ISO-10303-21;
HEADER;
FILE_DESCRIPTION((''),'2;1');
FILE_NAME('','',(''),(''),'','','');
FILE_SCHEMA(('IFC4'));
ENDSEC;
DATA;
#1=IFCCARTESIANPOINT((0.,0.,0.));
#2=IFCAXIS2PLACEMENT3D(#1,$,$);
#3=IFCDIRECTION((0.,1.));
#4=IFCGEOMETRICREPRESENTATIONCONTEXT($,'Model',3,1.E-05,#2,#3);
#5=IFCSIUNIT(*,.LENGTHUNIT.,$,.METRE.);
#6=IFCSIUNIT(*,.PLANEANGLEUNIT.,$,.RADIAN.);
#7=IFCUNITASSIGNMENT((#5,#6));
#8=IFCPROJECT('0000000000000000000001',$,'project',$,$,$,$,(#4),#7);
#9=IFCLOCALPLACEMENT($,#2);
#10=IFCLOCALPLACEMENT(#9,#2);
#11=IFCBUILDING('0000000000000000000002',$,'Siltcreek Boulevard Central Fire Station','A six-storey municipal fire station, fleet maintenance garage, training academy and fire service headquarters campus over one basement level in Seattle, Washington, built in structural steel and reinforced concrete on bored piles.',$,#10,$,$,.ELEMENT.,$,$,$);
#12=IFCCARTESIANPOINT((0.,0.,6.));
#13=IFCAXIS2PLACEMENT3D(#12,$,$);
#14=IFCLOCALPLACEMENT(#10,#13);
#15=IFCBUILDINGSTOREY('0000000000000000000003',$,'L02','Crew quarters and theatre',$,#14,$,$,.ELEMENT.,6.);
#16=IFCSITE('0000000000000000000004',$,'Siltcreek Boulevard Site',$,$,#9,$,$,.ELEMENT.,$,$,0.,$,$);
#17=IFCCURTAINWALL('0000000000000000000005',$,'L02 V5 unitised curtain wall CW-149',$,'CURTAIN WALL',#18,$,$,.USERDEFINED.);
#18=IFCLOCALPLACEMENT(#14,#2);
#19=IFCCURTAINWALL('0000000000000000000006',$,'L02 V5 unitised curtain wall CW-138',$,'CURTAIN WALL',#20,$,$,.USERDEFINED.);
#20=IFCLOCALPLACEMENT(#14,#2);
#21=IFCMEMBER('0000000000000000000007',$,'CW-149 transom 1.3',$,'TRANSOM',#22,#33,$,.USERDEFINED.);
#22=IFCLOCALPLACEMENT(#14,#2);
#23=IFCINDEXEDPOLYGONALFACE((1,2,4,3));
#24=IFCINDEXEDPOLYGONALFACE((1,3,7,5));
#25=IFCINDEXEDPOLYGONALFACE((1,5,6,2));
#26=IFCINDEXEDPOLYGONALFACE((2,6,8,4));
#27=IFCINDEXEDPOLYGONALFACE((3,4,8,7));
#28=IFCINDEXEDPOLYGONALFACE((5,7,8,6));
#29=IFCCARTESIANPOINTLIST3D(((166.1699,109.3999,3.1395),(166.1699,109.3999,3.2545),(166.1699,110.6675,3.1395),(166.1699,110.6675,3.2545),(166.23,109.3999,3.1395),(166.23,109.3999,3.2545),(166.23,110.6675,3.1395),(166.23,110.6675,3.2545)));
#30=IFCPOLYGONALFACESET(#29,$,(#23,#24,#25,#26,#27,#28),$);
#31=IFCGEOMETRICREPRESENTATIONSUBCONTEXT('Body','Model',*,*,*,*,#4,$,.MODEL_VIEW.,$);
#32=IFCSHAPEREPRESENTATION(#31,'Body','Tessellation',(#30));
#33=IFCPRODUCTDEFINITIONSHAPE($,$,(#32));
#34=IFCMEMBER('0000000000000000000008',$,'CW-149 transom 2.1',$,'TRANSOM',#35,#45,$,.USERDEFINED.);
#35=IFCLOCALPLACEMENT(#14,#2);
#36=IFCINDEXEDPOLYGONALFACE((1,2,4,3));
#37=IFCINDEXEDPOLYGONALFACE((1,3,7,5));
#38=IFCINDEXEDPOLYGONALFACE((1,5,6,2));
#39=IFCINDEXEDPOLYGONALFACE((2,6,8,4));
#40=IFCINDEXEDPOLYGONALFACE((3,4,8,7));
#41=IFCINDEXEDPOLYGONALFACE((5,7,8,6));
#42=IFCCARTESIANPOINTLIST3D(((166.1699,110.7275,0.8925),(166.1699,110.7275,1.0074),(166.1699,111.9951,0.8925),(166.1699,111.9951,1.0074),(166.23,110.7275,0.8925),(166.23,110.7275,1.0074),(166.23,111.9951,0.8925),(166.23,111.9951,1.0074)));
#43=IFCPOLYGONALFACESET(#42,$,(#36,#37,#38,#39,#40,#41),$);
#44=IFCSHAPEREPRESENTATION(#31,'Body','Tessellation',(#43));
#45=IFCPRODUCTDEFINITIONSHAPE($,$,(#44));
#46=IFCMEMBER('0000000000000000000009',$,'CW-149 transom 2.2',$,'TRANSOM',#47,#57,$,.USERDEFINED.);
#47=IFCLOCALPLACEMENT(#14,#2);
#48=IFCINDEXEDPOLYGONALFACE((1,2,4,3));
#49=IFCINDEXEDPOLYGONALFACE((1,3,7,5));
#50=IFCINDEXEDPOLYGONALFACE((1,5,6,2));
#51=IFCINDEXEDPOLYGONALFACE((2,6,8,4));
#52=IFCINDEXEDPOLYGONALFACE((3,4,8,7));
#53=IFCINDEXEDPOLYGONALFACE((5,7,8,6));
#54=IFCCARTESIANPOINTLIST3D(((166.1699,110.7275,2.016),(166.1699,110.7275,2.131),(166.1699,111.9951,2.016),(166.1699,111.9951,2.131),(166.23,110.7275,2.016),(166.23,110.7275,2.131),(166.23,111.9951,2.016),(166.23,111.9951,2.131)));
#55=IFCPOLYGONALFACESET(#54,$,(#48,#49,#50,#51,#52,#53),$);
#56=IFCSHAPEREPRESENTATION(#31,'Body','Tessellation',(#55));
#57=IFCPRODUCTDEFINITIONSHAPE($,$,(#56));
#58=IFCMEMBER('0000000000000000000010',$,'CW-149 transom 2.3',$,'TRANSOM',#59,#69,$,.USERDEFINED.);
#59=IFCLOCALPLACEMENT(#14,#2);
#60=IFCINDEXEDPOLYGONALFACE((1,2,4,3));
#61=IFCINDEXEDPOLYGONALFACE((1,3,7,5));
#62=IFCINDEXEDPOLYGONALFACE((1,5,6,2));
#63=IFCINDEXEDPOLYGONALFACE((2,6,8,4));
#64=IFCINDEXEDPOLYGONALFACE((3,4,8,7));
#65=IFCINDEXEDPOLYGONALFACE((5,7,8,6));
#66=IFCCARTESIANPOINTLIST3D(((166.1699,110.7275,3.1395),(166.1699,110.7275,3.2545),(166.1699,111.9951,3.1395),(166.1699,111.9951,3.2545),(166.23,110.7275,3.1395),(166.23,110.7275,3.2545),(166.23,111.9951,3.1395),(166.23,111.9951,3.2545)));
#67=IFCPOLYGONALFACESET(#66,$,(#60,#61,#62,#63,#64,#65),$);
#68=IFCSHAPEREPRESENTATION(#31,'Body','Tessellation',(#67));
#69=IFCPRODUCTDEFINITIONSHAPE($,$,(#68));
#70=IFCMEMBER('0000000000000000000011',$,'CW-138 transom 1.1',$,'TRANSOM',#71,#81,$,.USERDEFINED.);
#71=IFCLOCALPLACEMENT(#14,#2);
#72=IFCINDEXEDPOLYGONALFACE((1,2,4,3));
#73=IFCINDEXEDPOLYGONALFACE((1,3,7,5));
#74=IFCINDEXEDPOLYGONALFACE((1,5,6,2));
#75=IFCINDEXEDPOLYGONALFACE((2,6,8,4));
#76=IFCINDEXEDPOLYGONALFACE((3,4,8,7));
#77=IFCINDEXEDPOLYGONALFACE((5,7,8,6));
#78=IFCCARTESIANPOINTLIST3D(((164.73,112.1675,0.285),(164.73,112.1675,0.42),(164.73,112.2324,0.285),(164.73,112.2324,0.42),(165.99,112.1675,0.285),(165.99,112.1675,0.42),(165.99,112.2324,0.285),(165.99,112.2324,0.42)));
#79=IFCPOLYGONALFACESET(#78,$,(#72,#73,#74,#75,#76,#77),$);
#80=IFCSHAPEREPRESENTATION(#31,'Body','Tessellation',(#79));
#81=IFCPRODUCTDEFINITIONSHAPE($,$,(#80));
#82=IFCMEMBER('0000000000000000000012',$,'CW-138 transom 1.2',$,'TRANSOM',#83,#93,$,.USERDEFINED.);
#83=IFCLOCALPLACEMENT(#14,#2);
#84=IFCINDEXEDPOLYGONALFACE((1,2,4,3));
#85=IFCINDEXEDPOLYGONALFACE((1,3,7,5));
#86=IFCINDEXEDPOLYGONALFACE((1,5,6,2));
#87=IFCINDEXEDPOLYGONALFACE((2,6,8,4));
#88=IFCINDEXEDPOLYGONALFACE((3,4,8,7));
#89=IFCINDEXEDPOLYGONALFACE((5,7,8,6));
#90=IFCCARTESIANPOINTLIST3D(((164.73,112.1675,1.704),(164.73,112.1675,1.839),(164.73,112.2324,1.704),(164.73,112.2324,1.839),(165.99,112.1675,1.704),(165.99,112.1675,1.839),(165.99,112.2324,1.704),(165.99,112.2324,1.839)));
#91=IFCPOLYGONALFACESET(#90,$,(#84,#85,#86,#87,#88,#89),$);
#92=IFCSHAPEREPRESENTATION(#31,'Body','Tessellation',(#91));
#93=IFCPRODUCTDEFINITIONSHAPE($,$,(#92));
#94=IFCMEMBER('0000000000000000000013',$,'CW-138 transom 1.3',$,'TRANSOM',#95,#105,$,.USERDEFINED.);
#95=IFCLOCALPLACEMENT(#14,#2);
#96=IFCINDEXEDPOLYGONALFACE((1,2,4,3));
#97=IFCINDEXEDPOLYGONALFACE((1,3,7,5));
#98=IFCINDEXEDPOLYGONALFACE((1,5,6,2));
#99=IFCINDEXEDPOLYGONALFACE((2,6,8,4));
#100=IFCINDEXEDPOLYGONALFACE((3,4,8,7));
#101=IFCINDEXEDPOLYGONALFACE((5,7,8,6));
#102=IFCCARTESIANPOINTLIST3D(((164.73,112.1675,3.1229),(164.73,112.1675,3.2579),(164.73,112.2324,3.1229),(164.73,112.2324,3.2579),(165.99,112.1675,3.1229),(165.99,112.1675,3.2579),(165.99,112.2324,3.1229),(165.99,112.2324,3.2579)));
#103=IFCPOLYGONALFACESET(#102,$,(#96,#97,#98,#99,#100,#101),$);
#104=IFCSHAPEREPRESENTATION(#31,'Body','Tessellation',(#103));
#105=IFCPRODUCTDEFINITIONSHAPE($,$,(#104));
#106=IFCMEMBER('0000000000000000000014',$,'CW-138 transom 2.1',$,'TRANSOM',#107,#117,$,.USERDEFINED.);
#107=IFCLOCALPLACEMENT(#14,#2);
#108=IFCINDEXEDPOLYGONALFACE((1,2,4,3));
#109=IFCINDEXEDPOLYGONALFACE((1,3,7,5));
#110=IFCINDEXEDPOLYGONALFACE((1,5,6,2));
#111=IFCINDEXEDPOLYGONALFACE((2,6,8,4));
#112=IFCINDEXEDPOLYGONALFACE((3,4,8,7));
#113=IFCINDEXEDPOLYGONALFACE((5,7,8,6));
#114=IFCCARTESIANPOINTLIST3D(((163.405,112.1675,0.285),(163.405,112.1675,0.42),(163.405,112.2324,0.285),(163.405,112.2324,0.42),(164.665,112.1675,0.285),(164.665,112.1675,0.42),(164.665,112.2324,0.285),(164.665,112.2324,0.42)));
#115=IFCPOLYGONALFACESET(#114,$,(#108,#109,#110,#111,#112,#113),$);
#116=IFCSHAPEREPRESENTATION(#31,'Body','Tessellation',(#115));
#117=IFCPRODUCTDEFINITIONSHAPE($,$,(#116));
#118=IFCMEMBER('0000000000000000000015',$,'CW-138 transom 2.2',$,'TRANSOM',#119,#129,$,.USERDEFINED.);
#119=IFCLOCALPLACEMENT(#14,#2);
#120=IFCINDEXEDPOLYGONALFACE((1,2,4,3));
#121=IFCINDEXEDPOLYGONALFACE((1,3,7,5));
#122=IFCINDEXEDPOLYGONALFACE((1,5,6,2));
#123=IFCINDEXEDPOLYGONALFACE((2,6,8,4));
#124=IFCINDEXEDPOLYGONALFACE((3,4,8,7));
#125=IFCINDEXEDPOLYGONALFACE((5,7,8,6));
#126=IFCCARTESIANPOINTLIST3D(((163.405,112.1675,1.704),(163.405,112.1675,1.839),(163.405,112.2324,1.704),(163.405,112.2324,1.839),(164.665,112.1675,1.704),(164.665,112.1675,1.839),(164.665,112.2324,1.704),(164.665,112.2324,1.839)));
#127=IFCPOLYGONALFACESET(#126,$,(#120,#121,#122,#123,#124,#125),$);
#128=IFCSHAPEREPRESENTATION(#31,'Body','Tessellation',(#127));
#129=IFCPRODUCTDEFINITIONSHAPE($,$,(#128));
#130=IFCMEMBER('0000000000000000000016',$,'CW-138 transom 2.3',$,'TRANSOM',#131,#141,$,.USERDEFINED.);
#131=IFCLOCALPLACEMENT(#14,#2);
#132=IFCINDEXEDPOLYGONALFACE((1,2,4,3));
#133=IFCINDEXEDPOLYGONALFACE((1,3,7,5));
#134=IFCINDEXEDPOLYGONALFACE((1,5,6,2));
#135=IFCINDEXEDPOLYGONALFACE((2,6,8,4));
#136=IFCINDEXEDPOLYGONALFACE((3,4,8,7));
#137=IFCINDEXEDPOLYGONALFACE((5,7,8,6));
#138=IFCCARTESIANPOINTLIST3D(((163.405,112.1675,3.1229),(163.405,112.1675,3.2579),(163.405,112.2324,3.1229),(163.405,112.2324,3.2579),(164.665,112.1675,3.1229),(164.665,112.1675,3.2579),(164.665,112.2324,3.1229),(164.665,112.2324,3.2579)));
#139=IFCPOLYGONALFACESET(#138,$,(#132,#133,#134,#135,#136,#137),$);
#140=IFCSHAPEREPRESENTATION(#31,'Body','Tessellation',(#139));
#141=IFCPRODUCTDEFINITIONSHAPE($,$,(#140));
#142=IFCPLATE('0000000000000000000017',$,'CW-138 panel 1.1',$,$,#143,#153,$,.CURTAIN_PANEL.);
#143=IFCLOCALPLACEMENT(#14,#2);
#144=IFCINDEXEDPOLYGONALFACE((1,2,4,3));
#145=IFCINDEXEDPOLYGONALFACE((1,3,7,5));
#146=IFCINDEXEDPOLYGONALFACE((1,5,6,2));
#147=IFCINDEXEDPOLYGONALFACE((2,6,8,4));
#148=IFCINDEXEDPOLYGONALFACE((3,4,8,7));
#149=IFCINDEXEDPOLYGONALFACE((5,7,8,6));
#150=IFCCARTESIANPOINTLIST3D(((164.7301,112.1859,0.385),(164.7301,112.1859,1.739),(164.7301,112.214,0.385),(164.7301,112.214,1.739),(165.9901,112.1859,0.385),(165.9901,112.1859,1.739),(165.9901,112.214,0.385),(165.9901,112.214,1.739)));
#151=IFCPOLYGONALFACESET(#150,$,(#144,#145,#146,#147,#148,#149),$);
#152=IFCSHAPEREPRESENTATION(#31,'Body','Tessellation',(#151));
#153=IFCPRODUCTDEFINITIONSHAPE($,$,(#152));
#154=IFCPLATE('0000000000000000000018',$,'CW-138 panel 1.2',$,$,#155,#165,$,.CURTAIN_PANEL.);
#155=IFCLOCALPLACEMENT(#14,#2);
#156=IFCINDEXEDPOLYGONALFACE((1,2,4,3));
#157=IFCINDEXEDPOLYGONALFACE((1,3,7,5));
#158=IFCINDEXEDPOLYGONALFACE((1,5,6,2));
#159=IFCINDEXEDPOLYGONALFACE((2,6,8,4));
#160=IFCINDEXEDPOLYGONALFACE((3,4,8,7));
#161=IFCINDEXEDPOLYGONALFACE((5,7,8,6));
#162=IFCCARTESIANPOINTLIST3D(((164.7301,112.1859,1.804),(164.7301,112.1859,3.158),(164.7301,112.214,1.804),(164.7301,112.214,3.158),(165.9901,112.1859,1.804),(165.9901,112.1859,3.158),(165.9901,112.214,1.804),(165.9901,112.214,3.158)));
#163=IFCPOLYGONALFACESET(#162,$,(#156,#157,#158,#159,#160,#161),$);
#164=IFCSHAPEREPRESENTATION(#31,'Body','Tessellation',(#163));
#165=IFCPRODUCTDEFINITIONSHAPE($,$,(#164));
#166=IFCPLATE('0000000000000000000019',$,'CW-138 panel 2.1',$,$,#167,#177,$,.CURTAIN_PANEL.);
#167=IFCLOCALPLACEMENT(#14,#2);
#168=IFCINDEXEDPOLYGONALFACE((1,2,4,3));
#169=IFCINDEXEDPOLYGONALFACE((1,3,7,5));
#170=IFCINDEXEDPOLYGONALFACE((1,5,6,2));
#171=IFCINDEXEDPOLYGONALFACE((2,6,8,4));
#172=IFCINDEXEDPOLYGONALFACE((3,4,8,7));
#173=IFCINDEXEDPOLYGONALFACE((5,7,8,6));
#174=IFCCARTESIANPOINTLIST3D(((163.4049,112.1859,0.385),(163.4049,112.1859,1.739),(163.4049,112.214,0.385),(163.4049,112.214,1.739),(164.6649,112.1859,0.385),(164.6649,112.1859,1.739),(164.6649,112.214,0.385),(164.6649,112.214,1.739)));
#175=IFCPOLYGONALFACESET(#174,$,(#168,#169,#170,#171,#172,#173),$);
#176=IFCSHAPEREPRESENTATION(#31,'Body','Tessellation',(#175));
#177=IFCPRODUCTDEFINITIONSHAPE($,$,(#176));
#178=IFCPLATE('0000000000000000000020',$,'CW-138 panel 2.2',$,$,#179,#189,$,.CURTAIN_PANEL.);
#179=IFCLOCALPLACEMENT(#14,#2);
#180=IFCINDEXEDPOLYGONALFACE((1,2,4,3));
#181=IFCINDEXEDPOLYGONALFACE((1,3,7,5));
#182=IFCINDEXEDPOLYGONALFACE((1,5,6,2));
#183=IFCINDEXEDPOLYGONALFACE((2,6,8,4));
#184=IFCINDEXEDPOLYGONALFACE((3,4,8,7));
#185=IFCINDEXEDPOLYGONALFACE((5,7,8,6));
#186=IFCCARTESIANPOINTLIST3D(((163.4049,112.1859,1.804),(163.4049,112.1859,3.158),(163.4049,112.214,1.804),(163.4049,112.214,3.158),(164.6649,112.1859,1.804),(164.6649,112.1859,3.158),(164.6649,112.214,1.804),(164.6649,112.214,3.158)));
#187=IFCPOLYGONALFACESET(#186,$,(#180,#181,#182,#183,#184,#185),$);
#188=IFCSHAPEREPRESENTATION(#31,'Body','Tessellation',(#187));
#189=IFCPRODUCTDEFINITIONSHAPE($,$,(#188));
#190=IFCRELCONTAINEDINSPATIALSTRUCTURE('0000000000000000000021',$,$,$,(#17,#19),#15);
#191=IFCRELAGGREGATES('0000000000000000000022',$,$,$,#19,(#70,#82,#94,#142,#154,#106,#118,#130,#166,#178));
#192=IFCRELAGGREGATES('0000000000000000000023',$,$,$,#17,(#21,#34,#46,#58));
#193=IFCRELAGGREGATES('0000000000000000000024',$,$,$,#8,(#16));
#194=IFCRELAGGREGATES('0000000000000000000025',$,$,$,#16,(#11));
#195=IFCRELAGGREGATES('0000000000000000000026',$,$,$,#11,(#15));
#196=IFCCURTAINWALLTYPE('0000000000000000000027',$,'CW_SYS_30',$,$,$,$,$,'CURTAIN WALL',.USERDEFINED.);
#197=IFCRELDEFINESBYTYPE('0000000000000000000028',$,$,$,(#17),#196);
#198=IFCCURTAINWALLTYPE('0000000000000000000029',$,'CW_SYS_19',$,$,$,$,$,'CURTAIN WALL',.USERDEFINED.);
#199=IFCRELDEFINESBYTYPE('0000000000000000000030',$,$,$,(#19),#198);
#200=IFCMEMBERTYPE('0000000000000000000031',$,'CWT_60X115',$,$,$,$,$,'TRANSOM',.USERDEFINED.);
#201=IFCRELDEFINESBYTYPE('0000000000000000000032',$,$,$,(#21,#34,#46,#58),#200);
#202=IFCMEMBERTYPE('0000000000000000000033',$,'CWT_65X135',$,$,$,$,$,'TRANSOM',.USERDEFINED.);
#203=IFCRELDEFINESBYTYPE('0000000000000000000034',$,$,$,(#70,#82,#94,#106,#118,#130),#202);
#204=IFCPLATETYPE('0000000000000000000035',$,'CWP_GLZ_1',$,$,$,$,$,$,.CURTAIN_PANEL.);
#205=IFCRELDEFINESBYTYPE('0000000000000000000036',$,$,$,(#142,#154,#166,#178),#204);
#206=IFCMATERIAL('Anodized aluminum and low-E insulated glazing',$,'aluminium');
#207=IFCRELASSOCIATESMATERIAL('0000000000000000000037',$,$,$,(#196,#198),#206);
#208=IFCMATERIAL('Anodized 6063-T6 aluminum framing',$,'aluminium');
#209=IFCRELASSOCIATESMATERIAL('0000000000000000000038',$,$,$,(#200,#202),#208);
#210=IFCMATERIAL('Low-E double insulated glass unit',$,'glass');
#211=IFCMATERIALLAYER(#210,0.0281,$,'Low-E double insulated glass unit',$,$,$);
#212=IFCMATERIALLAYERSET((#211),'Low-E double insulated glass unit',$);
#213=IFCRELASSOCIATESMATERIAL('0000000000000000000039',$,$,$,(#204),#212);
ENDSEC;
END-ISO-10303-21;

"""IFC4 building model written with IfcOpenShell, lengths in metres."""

from ifc_helpers import new_model, si_unit, direction, frame, origin, origin_2d, place, context, subcontext, project, spatial, rectangle, extrude, material, layer, layer_set, material_profile, profile_set, type_object, element, aggregate, save


model = new_model("IFC4")

# Units and contexts
model_context = context("Model", 3, precision=1e-05, world=origin(), true_north=direction((0.0, 1.0)))
body_context = subcontext(model_context, "Body", "Model", "MODEL_VIEW")
ifc_project = project(units=[si_unit("LENGTHUNIT", "METRE"), si_unit("PLANEANGLEUNIT", "RADIAN")], contexts=[model_context])

# Site, building, storey
site_placement = place(None, origin())
site = spatial("IfcSite", under=ifc_project, at=site_placement, Name="Siltcreek Boulevard Site", CompositionType="ELEMENT", RefElevation=0.0)
building_placement = place(site_placement, origin())
building = spatial("IfcBuilding", under=site, at=building_placement, Name="Siltcreek Boulevard Central Fire Station", Description="A six-storey municipal fire station, fleet maintenance garage, training academy and fire service headquarters campus over one basement level in Seattle, Washington, built in structural steel and reinforced concrete on bored piles.", CompositionType="ELEMENT")
storey_placement = place(building_placement, frame((0.0, 0.0, 6.0)))
storey = spatial("IfcBuildingStorey", under=building, at=storey_placement, Name="L02", Description="Crew quarters and theatre", CompositionType="ELEMENT", Elevation=6.0)

# Shared definitions
ifc_material_1 = material(Name="Anodized aluminum and low-E insulated glazing", Category="aluminium")
ifc_material_2 = material(Name="Anodized 6063-T6 aluminum framing", Category="aluminium")

# Curtain walls
curtain_wall_type_1 = type_object("IfcCurtainWallType", Name="CW_SYS_30", ElementType="CURTAIN WALL", PredefinedType="USERDEFINED", material=ifc_material_1)
curtain_wall_1_placement = place(storey_placement, origin())
curtain_wall_1 = element("IfcCurtainWall", 1, at=curtain_wall_1_placement, inside=storey, type_object=curtain_wall_type_1, Name="L02 V5 unitised curtain wall CW-149", ObjectType="CURTAIN WALL", PredefinedType="USERDEFINED")
curtain_wall_type_2 = type_object("IfcCurtainWallType", Name="CW_SYS_19", ElementType="CURTAIN WALL", PredefinedType="USERDEFINED", material=ifc_material_1)
curtain_wall_2_placement = place(storey_placement, origin())
curtain_wall_2 = element("IfcCurtainWall", 2, at=curtain_wall_2_placement, inside=storey, type_object=curtain_wall_type_2, Name="L02 V5 unitised curtain wall CW-138", ObjectType="CURTAIN WALL", PredefinedType="USERDEFINED")

# Members
ifc_material_profile_1 = material_profile(ifc_material_2, rectangle(XDim=0.0601, YDim=0.115, at=origin_2d()), Name="TRAN60X115")
ifc_profile_set_1 = profile_set([ifc_material_profile_1], Name="Anodized 6063-T6 aluminum framing")
member_type_1 = type_object("IfcMemberType", Name="CWT_60X115", ElementType="TRANSOM", PredefinedType="USERDEFINED", material=ifc_profile_set_1)
member_1_placement = place(storey_placement, frame((166.2, 109.3999, 3.197), z_axis=(0.0, 1.0, 0.0), x_axis=(-1.0, 0.0, 0.0)))
member_1 = element("IfcMember", 3, at=member_1_placement, type_object=member_type_1, Name="CW-149 transom 1.3", ObjectType="TRANSOM", PredefinedType="USERDEFINED", context=body_context, shape_type="SweptSolid", body=[
    extrude(rectangle(XDim=0.0601, YDim=0.115, at=origin_2d()), origin(), (0.0, 0.0, 1.0), 1.2676),
])
member_2_placement = place(storey_placement, frame((166.2, 110.7275, 0.95), z_axis=(0.0, 1.0, 0.0), x_axis=(-1.0, 0.0, 0.0)))
member_2 = element("IfcMember", 4, at=member_2_placement, type_object=member_type_1, Name="CW-149 transom 2.1", ObjectType="TRANSOM", PredefinedType="USERDEFINED", context=body_context, shape_type="SweptSolid", body=[
    extrude(rectangle(XDim=0.0601, YDim=0.115, at=origin_2d()), origin(), (0.0, 0.0, 1.0), 1.2676),
])
member_3_placement = place(storey_placement, frame((166.2, 110.7275, 2.0735), z_axis=(0.0, 1.0, 0.0), x_axis=(-1.0, 0.0, 0.0)))
member_3 = element("IfcMember", 5, at=member_3_placement, type_object=member_type_1, Name="CW-149 transom 2.2", ObjectType="TRANSOM", PredefinedType="USERDEFINED", context=body_context, shape_type="SweptSolid", body=[
    extrude(rectangle(XDim=0.0601, YDim=0.115, at=origin_2d()), origin(), (0.0, 0.0, 1.0), 1.2676),
])
member_4_placement = place(storey_placement, frame((166.2, 110.7275, 3.197), z_axis=(0.0, 1.0, 0.0), x_axis=(-1.0, 0.0, 0.0)))
member_4 = element("IfcMember", 6, at=member_4_placement, type_object=member_type_1, Name="CW-149 transom 2.3", ObjectType="TRANSOM", PredefinedType="USERDEFINED", context=body_context, shape_type="SweptSolid", body=[
    extrude(rectangle(XDim=0.0601, YDim=0.115, at=origin_2d()), origin(), (0.0, 0.0, 1.0), 1.2676),
])
ifc_material_profile_2 = material_profile(ifc_material_2, rectangle(XDim=0.0649, YDim=0.135, at=origin_2d()), Name="TRAN65X135")
ifc_profile_set_2 = profile_set([ifc_material_profile_2], Name="Anodized 6063-T6 aluminum framing")
member_type_2 = type_object("IfcMemberType", Name="CWT_65X135", ElementType="TRANSOM", PredefinedType="USERDEFINED", material=ifc_profile_set_2)
member_5_placement = place(storey_placement, frame((165.99, 112.2, 0.3525), z_axis=(-1.0, 0.0, 0.0), x_axis=(0.0, -1.0, 0.0)))
member_5 = element("IfcMember", 7, at=member_5_placement, type_object=member_type_2, Name="CW-138 transom 1.1", ObjectType="TRANSOM", PredefinedType="USERDEFINED", context=body_context, shape_type="SweptSolid", body=[
    extrude(rectangle(XDim=0.0649, YDim=0.135, at=origin_2d()), origin(), (0.0, 0.0, 1.0), 1.26),
])
member_6_placement = place(storey_placement, frame((165.99, 112.2, 1.7715), z_axis=(-1.0, 0.0, 0.0), x_axis=(0.0, -1.0, 0.0)))
member_6 = element("IfcMember", 8, at=member_6_placement, type_object=member_type_2, Name="CW-138 transom 1.2", ObjectType="TRANSOM", PredefinedType="USERDEFINED", context=body_context, shape_type="SweptSolid", body=[
    extrude(rectangle(XDim=0.0649, YDim=0.135, at=origin_2d()), origin(), (0.0, 0.0, 1.0), 1.26),
])
member_7_placement = place(storey_placement, frame((165.99, 112.2, 3.1904), z_axis=(-1.0, 0.0, 0.0), x_axis=(0.0, -1.0, 0.0)))
member_7 = element("IfcMember", 9, at=member_7_placement, type_object=member_type_2, Name="CW-138 transom 1.3", ObjectType="TRANSOM", PredefinedType="USERDEFINED", context=body_context, shape_type="SweptSolid", body=[
    extrude(rectangle(XDim=0.0649, YDim=0.135, at=origin_2d()), origin(), (0.0, 0.0, 1.0), 1.26),
])
member_8_placement = place(storey_placement, frame((164.665, 112.2, 0.3525), z_axis=(-1.0, 0.0, 0.0), x_axis=(0.0, -1.0, 0.0)))
member_8 = element("IfcMember", 10, at=member_8_placement, type_object=member_type_2, Name="CW-138 transom 2.1", ObjectType="TRANSOM", PredefinedType="USERDEFINED", context=body_context, shape_type="SweptSolid", body=[
    extrude(rectangle(XDim=0.0649, YDim=0.135, at=origin_2d()), origin(), (0.0, 0.0, 1.0), 1.26),
])
member_9_placement = place(storey_placement, frame((164.665, 112.2, 1.7715), z_axis=(-1.0, 0.0, 0.0), x_axis=(0.0, -1.0, 0.0)))
member_9 = element("IfcMember", 11, at=member_9_placement, type_object=member_type_2, Name="CW-138 transom 2.2", ObjectType="TRANSOM", PredefinedType="USERDEFINED", context=body_context, shape_type="SweptSolid", body=[
    extrude(rectangle(XDim=0.0649, YDim=0.135, at=origin_2d()), origin(), (0.0, 0.0, 1.0), 1.26),
])
member_10_placement = place(storey_placement, frame((164.665, 112.2, 3.1904), z_axis=(-1.0, 0.0, 0.0), x_axis=(0.0, -1.0, 0.0)))
member_10 = element("IfcMember", 12, at=member_10_placement, type_object=member_type_2, Name="CW-138 transom 2.3", ObjectType="TRANSOM", PredefinedType="USERDEFINED", context=body_context, shape_type="SweptSolid", body=[
    extrude(rectangle(XDim=0.0649, YDim=0.135, at=origin_2d()), origin(), (0.0, 0.0, 1.0), 1.26),
])

# Plates
ifc_material_3 = material(Name="Low-E double insulated glass unit", Category="glass")
ifc_layer_1 = layer(ifc_material_3, 0.0281, Name="Low-E double insulated glass unit")
ifc_layer_set_1 = layer_set([ifc_layer_1], Name="Low-E double insulated glass unit")
plate_type_1 = type_object("IfcPlateType", Name="CWP_GLZ_1", PredefinedType="CURTAIN_PANEL", material=ifc_layer_set_1)
plate_1_placement = place(storey_placement, frame((165.3601, 112.2, 0.385), z_axis=(0.0, 0.0, 1.0), x_axis=(-1.0, 0.0, 0.0)))
plate_1 = element("IfcPlate", 13, at=plate_1_placement, type_object=plate_type_1, Name="CW-138 panel 1.1", PredefinedType="CURTAIN_PANEL", context=body_context, shape_type="SweptSolid", body=[
    extrude(rectangle(XDim=1.26, YDim=0.0281, at=origin_2d()), origin(), (0.0, 0.0, 1.0), 1.354),
])
plate_2_placement = place(storey_placement, frame((165.3601, 112.2, 1.804), z_axis=(0.0, 0.0, 1.0), x_axis=(-1.0, 0.0, 0.0)))
plate_2 = element("IfcPlate", 14, at=plate_2_placement, type_object=plate_type_1, Name="CW-138 panel 1.2", PredefinedType="CURTAIN_PANEL", context=body_context, shape_type="SweptSolid", body=[
    extrude(rectangle(XDim=1.26, YDim=0.0281, at=origin_2d()), origin(), (0.0, 0.0, 1.0), 1.354),
])
plate_3_placement = place(storey_placement, frame((164.0349, 112.2, 0.385), z_axis=(0.0, 0.0, 1.0), x_axis=(-1.0, 0.0, 0.0)))
plate_3 = element("IfcPlate", 15, at=plate_3_placement, type_object=plate_type_1, Name="CW-138 panel 2.1", PredefinedType="CURTAIN_PANEL", context=body_context, shape_type="SweptSolid", body=[
    extrude(rectangle(XDim=1.26, YDim=0.0281, at=origin_2d()), origin(), (0.0, 0.0, 1.0), 1.354),
])
plate_4_placement = place(storey_placement, frame((164.0349, 112.2, 1.804), z_axis=(0.0, 0.0, 1.0), x_axis=(-1.0, 0.0, 0.0)))
plate_4 = element("IfcPlate", 16, at=plate_4_placement, type_object=plate_type_1, Name="CW-138 panel 2.2", PredefinedType="CURTAIN_PANEL", context=body_context, shape_type="SweptSolid", body=[
    extrude(rectangle(XDim=1.26, YDim=0.0281, at=origin_2d()), origin(), (0.0, 0.0, 1.0), 1.354),
])
aggregate(curtain_wall_2, [member_5, member_6, member_7, plate_1, plate_2, member_8, member_9, member_10, plate_3, plate_4])
aggregate(curtain_wall_1, [member_1, member_2, member_3, member_4])

save(model, "model.ifc")
